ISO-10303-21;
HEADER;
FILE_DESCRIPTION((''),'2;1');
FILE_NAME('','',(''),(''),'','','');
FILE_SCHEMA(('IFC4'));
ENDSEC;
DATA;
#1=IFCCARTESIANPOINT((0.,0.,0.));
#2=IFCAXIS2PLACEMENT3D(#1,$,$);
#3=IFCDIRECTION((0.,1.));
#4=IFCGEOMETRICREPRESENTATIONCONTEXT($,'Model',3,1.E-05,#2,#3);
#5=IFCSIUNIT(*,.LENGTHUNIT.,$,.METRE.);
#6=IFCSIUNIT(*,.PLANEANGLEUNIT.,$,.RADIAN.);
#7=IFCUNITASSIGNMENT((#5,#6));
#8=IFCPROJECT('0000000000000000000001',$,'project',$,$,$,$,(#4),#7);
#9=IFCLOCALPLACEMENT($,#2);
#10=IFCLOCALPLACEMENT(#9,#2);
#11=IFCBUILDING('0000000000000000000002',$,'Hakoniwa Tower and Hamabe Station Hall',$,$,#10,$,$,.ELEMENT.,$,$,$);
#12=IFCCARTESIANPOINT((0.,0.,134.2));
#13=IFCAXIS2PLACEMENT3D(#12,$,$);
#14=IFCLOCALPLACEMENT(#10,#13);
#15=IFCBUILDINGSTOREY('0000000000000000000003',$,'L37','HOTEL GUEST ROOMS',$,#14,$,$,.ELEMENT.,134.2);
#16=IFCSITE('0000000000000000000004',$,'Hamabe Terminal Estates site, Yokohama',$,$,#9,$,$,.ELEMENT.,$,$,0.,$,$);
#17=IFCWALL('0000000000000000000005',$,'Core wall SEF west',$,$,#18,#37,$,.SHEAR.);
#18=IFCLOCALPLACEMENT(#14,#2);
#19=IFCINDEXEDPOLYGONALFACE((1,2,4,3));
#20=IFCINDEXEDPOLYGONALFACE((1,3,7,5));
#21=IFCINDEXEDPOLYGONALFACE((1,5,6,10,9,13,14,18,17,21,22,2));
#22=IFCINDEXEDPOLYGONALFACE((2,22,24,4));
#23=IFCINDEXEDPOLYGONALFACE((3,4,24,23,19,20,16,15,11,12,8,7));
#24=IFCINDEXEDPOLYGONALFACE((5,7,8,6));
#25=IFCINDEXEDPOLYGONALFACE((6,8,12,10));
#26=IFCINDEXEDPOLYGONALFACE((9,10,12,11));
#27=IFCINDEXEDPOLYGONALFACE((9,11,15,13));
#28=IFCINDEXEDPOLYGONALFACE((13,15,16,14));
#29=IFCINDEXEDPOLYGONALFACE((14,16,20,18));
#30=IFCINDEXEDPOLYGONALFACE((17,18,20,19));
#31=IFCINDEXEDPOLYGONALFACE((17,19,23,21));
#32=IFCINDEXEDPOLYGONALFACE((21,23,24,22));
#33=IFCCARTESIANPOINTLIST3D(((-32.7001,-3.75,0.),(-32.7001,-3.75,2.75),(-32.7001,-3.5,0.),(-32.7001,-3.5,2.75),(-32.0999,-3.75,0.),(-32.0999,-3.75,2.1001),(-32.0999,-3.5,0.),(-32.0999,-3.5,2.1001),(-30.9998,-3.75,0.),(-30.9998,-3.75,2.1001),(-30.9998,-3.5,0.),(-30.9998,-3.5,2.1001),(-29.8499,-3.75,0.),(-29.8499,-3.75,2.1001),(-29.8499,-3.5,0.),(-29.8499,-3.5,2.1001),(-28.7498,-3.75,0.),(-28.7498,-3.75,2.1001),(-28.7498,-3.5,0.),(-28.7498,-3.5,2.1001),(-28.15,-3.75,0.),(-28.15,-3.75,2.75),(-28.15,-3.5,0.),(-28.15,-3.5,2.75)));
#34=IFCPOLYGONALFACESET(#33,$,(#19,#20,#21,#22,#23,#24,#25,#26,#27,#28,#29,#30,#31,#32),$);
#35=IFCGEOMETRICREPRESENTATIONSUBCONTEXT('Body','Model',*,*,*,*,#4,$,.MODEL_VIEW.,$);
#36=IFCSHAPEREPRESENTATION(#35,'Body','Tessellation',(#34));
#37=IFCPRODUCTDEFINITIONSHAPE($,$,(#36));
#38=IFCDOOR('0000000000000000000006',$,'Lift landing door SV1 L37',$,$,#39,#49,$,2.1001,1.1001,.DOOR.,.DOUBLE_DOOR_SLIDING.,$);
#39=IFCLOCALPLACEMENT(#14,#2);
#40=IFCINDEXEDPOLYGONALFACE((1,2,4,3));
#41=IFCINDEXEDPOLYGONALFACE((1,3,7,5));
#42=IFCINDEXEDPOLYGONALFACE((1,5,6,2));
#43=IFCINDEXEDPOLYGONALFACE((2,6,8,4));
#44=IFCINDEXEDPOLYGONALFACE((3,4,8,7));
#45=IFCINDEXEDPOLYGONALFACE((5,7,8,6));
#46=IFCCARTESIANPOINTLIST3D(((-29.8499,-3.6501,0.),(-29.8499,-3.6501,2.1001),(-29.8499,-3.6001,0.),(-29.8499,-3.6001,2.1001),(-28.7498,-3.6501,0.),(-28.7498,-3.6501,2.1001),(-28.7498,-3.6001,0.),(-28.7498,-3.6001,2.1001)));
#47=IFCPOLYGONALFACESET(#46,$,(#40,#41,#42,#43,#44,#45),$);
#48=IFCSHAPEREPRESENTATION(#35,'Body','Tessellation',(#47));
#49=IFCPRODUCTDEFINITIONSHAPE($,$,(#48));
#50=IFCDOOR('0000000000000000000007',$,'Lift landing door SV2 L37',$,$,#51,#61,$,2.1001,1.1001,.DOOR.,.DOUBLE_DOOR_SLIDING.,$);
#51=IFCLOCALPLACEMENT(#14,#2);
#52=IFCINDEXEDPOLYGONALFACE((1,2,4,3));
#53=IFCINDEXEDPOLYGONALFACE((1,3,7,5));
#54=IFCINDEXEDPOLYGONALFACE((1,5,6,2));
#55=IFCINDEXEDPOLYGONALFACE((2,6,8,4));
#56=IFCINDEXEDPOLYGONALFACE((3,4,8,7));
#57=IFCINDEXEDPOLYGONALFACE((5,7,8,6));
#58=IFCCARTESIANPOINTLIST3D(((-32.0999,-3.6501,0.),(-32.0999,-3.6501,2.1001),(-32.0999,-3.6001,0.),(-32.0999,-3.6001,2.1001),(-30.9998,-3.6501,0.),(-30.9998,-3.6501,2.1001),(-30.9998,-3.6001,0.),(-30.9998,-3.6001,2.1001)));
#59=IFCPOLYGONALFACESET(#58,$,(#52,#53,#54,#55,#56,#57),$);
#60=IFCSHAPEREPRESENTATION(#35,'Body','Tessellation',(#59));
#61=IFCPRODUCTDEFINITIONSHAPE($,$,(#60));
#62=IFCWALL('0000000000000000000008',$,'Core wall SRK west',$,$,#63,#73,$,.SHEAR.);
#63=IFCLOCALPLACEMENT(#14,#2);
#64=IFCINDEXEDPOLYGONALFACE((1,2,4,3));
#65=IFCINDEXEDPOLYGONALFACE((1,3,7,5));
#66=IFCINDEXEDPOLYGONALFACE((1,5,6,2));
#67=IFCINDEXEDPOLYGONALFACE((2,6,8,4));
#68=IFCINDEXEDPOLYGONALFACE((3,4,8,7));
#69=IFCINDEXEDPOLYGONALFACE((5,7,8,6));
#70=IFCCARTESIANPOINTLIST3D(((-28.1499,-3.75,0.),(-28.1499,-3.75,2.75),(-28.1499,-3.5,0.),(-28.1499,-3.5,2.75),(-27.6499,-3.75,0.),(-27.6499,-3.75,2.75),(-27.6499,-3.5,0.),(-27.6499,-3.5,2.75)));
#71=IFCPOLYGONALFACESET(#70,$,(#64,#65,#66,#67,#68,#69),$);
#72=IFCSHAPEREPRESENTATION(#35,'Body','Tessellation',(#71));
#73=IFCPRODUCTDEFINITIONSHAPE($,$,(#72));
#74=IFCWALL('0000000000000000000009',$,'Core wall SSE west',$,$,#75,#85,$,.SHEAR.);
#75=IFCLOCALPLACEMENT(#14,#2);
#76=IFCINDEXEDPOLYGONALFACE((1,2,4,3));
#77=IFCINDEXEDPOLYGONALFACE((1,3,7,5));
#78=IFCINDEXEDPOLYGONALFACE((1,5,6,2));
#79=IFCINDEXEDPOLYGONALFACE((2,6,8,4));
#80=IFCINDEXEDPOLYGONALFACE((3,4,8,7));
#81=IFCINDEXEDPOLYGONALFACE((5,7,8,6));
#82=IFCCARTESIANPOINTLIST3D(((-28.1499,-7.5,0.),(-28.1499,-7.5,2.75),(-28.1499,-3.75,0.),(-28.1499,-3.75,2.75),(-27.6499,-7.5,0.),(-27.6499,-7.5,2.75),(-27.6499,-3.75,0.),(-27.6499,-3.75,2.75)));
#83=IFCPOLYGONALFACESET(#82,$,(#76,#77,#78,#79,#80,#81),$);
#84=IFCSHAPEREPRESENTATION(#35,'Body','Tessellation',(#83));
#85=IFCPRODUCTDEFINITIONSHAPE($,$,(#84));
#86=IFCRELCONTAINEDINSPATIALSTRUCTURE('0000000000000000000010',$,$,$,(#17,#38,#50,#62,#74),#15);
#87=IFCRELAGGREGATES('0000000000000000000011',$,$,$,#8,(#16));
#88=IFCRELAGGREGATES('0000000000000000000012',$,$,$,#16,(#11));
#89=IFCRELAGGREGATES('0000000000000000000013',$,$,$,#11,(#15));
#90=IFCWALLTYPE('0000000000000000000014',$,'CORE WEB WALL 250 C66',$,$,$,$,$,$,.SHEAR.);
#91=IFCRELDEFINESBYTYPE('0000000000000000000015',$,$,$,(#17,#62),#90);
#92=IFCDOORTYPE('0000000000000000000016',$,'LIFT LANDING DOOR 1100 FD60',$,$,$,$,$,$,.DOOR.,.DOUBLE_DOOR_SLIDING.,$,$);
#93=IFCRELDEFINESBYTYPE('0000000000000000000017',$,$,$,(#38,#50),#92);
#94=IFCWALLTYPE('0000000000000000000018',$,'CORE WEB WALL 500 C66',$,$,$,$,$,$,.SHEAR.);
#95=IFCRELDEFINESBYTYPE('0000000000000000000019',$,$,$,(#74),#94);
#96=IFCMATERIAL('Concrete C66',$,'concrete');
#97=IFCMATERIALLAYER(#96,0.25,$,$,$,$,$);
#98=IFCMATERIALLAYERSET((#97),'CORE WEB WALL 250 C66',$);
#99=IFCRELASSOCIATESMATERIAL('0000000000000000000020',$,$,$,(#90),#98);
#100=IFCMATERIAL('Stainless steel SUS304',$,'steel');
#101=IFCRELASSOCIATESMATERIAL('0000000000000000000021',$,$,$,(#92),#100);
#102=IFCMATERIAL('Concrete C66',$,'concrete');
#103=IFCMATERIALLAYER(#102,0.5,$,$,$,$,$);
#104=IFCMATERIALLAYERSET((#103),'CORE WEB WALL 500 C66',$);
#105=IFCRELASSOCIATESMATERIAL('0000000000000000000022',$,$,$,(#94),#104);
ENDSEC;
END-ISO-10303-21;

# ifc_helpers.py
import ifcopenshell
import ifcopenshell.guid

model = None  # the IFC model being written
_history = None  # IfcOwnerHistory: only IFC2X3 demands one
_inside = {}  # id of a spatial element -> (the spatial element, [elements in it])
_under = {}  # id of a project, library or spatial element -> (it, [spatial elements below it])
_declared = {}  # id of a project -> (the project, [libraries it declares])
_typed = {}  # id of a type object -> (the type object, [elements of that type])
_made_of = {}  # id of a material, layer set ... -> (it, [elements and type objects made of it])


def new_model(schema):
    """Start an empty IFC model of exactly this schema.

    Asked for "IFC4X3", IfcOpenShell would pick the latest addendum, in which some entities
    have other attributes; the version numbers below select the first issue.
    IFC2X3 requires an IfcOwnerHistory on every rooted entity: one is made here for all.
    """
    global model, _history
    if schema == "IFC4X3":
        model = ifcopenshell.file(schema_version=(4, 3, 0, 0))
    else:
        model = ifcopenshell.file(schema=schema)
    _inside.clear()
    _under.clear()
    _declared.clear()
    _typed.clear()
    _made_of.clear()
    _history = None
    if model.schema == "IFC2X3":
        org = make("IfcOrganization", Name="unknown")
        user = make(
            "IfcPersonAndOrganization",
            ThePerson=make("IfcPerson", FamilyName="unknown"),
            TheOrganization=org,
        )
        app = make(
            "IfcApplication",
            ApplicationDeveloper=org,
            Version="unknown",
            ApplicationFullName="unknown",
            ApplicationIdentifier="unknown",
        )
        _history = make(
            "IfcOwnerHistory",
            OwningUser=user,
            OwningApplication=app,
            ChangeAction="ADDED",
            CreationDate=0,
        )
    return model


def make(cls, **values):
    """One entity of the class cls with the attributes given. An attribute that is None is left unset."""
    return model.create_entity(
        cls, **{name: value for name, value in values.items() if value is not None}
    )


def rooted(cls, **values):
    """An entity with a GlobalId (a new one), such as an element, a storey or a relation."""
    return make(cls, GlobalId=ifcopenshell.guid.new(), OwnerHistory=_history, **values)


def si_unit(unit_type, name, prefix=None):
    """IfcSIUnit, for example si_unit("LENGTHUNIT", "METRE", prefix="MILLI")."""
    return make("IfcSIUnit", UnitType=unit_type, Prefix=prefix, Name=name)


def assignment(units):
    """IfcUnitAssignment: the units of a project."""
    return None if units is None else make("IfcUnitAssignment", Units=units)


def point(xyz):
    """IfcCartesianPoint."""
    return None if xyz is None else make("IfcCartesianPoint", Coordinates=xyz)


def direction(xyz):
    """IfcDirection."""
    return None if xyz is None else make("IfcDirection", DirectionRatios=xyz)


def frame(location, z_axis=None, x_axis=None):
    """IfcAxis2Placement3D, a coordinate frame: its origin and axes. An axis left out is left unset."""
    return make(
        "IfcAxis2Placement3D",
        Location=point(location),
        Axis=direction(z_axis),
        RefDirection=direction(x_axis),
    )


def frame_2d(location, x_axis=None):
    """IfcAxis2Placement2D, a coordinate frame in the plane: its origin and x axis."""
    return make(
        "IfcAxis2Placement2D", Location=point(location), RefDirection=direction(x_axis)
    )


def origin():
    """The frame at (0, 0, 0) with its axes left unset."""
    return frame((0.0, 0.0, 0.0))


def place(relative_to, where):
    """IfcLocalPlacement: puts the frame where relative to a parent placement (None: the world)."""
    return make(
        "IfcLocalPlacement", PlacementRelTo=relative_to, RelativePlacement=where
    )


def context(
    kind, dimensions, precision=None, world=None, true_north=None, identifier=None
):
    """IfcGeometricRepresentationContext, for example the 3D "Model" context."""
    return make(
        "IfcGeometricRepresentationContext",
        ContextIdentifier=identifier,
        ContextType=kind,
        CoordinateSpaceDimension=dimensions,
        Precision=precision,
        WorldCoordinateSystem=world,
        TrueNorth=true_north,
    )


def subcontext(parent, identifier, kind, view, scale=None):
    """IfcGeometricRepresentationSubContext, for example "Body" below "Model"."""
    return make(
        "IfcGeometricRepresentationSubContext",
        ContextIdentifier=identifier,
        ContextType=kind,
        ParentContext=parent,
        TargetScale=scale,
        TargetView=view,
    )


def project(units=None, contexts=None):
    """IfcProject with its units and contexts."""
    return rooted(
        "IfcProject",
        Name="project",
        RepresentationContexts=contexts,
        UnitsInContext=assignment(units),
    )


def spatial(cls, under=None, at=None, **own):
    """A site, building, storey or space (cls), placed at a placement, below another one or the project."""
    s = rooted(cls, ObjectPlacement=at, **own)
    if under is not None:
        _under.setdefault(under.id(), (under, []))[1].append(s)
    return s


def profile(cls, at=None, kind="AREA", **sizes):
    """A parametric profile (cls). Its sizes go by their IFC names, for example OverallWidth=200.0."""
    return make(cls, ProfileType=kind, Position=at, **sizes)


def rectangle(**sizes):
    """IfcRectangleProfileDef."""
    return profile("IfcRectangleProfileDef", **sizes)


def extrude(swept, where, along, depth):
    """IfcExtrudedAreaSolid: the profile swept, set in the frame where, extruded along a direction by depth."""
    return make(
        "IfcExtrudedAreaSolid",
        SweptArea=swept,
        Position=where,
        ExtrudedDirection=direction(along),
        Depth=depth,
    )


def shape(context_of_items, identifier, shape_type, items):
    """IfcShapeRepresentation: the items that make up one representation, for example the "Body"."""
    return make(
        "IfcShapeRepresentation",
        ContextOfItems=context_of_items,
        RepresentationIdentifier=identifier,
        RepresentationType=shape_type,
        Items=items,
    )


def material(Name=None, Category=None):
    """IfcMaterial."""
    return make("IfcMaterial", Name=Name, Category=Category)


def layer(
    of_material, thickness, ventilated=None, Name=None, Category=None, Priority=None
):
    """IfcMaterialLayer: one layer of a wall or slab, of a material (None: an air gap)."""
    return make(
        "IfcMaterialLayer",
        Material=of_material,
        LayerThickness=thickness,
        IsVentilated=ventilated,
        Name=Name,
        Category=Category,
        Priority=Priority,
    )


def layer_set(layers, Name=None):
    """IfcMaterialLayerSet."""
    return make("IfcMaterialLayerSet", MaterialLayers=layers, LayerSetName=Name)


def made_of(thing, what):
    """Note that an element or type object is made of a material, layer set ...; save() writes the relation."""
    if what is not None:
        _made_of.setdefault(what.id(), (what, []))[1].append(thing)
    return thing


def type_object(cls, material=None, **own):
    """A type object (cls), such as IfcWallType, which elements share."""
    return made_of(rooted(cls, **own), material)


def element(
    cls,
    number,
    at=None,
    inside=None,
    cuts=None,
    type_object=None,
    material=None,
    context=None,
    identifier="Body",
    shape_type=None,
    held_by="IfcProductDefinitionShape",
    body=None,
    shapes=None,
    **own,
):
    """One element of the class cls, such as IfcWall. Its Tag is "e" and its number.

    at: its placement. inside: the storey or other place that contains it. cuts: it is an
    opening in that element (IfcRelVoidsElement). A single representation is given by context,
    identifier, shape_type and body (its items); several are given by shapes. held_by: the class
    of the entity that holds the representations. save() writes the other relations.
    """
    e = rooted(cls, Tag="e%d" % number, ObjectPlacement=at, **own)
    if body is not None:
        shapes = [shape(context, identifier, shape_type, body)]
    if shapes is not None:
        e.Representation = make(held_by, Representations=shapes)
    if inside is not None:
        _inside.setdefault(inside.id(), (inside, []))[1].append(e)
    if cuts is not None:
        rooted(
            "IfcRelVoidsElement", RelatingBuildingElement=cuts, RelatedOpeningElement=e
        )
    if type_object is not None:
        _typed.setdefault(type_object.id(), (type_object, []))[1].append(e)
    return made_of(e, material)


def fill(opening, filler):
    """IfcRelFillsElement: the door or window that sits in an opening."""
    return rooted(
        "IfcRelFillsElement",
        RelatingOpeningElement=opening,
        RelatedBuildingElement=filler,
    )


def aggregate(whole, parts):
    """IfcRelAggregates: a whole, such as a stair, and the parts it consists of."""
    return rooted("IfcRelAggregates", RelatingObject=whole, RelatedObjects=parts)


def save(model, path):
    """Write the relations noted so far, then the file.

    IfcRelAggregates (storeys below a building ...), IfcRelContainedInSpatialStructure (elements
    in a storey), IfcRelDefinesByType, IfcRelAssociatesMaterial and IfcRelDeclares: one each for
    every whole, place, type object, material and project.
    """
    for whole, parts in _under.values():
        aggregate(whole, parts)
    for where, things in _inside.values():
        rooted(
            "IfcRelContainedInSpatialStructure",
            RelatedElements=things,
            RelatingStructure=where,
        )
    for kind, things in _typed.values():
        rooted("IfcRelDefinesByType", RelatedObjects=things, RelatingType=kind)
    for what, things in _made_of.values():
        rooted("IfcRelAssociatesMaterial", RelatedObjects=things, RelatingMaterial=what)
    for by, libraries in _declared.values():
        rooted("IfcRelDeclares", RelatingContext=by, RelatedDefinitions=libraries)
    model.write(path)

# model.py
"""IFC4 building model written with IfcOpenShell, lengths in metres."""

from ifc_helpers import new_model, si_unit, direction, frame, frame_2d, origin, place, context, subcontext, project, spatial, rectangle, extrude, material, layer, layer_set, type_object, element, fill, save


model = new_model("IFC4")

# Units and contexts
model_context = context("Model", 3, precision=1e-05, world=origin(), true_north=direction((0.0, 1.0)))
body_context = subcontext(model_context, "Body", "Model", "MODEL_VIEW")
ifc_project = project(units=[si_unit("LENGTHUNIT", "METRE"), si_unit("PLANEANGLEUNIT", "RADIAN")], contexts=[model_context])

# Site, building, storey
site_placement = place(None, origin())
site = spatial("IfcSite", under=ifc_project, at=site_placement, Name="Hamabe Terminal Estates site, Yokohama", CompositionType="ELEMENT", RefElevation=0.0)
building_placement = place(site_placement, origin())
building = spatial("IfcBuilding", under=site, at=building_placement, Name="Hakoniwa Tower and Hamabe Station Hall", CompositionType="ELEMENT")
storey_placement = place(building_placement, frame((0.0, 0.0, 134.2)))
storey = spatial("IfcBuildingStorey", under=building, at=storey_placement, Name="L37", Description="HOTEL GUEST ROOMS", CompositionType="ELEMENT", Elevation=134.2)

# Wall, openings, doors
ifc_material_1 = material(Name="Concrete C66", Category="concrete")
ifc_layer_1 = layer(ifc_material_1, 0.25)
ifc_layer_set_1 = layer_set([ifc_layer_1], Name="CORE WEB WALL 250 C66")
wall_type_1 = type_object("IfcWallType", Name="CORE WEB WALL 250 C66", PredefinedType="SHEAR", material=ifc_layer_set_1)
wall_1_placement = place(storey_placement, frame((-32.7, -3.625, 0.0), z_axis=(0.0, 0.0, 1.0), x_axis=(1.0, 0.0, 0.0)))
wall_1 = element("IfcWall", 1, at=wall_1_placement, inside=storey, type_object=wall_type_1, Name="Core wall SEF west", PredefinedType="SHEAR", context=body_context, shape_type="SweptSolid", body=[
    extrude(rectangle(XDim=4.55, YDim=0.25, at=frame_2d((2.2749, 0.0))), origin(), (0.0, 0.0, 1.0), 2.75),
])
opening_1_placement = place(wall_1_placement, frame((2.8501, 0.0, 0.0)))
opening_1 = element("IfcOpeningElement", 2, at=opening_1_placement, cuts=wall_1, PredefinedType="OPENING", context=body_context, shape_type="SweptSolid", body=[
    extrude(rectangle(XDim=1.1001, YDim=2.1001, at=frame_2d((0.55, 1.05))), frame((0.0, 0.135, 0.0), z_axis=(0.0, -1.0, 0.0), x_axis=(1.0, 0.0, 0.0)), (0.0, 0.0, 1.0), 0.27),
])
opening_2_placement = place(wall_1_placement, frame((0.6001, 0.0, 0.0)))
opening_2 = element("IfcOpeningElement", 3, at=opening_2_placement, cuts=wall_1, PredefinedType="OPENING", context=body_context, shape_type="SweptSolid", body=[
    extrude(rectangle(XDim=1.1001, YDim=2.1001, at=frame_2d((0.55, 1.05))), frame((0.0, 0.135, 0.0), z_axis=(0.0, -1.0, 0.0), x_axis=(1.0, 0.0, 0.0)), (0.0, 0.0, 1.0), 0.27),
])
ifc_material_2 = material(Name="Stainless steel SUS304", Category="steel")
door_type_1 = type_object("IfcDoorType", Name="LIFT LANDING DOOR 1100 FD60", OperationType="DOUBLE_DOOR_SLIDING", PredefinedType="DOOR", material=ifc_material_2)
door_1_placement = place(opening_1_placement, origin())
door_1 = element("IfcDoor", 4, at=door_1_placement, inside=storey, type_object=door_type_1, Name="Lift landing door SV1 L37", OperationType="DOUBLE_DOOR_SLIDING", OverallHeight=2.1001, OverallWidth=1.1001, PredefinedType="DOOR", context=body_context, shape_type="SweptSolid", body=[
    extrude(rectangle(XDim=1.1001, YDim=2.1001, at=frame_2d((0.55, 1.05))), frame((0.0, 0.0249, 0.0), z_axis=(0.0, -1.0, 0.0), x_axis=(1.0, 0.0, 0.0)), (0.0, 0.0, 1.0), 0.05),
])
fill(opening_1, door_1)
door_2_placement = place(opening_2_placement, origin())
door_2 = element("IfcDoor", 5, at=door_2_placement, inside=storey, type_object=door_type_1, Name="Lift landing door SV2 L37", OperationType="DOUBLE_DOOR_SLIDING", OverallHeight=2.1001, OverallWidth=1.1001, PredefinedType="DOOR", context=body_context, shape_type="SweptSolid", body=[
    extrude(rectangle(XDim=1.1001, YDim=2.1001, at=frame_2d((0.55, 1.05))), frame((0.0, 0.0249, 0.0), z_axis=(0.0, -1.0, 0.0), x_axis=(1.0, 0.0, 0.0)), (0.0, 0.0, 1.0), 0.05),
])
fill(opening_2, door_2)

# Walls
wall_2_placement = place(storey_placement, frame((-28.1499, -3.625, 0.0), z_axis=(0.0, 0.0, 1.0), x_axis=(1.0, 0.0, 0.0)))
element("IfcWall", 6, at=wall_2_placement, inside=storey, type_object=wall_type_1, Name="Core wall SRK west", PredefinedType="SHEAR", context=body_context, shape_type="SweptSolid", body=[
    extrude(rectangle(XDim=0.5, YDim=0.25, at=frame_2d((0.25, 0.0))), origin(), (0.0, 0.0, 1.0), 2.75),
])
ifc_material_3 = material(Name="Concrete C66", Category="concrete")
ifc_layer_2 = layer(ifc_material_3, 0.5)
ifc_layer_set_2 = layer_set([ifc_layer_2], Name="CORE WEB WALL 500 C66")
wall_type_2 = type_object("IfcWallType", Name="CORE WEB WALL 500 C66", PredefinedType="SHEAR", material=ifc_layer_set_2)
wall_3_placement = place(storey_placement, frame((-27.8999, -7.5, 0.0), z_axis=(0.0, 0.0, 1.0), x_axis=(0.0, 1.0, 0.0)))
element("IfcWall", 7, at=wall_3_placement, inside=storey, type_object=wall_type_2, Name="Core wall SSE west", PredefinedType="SHEAR", context=body_context, shape_type="SweptSolid", body=[
    extrude(rectangle(XDim=3.75, YDim=0.5, at=frame_2d((1.875, 0.0))), origin(), (0.0, 0.0, 1.0), 2.75),
])

save(model, "model.ifc")
